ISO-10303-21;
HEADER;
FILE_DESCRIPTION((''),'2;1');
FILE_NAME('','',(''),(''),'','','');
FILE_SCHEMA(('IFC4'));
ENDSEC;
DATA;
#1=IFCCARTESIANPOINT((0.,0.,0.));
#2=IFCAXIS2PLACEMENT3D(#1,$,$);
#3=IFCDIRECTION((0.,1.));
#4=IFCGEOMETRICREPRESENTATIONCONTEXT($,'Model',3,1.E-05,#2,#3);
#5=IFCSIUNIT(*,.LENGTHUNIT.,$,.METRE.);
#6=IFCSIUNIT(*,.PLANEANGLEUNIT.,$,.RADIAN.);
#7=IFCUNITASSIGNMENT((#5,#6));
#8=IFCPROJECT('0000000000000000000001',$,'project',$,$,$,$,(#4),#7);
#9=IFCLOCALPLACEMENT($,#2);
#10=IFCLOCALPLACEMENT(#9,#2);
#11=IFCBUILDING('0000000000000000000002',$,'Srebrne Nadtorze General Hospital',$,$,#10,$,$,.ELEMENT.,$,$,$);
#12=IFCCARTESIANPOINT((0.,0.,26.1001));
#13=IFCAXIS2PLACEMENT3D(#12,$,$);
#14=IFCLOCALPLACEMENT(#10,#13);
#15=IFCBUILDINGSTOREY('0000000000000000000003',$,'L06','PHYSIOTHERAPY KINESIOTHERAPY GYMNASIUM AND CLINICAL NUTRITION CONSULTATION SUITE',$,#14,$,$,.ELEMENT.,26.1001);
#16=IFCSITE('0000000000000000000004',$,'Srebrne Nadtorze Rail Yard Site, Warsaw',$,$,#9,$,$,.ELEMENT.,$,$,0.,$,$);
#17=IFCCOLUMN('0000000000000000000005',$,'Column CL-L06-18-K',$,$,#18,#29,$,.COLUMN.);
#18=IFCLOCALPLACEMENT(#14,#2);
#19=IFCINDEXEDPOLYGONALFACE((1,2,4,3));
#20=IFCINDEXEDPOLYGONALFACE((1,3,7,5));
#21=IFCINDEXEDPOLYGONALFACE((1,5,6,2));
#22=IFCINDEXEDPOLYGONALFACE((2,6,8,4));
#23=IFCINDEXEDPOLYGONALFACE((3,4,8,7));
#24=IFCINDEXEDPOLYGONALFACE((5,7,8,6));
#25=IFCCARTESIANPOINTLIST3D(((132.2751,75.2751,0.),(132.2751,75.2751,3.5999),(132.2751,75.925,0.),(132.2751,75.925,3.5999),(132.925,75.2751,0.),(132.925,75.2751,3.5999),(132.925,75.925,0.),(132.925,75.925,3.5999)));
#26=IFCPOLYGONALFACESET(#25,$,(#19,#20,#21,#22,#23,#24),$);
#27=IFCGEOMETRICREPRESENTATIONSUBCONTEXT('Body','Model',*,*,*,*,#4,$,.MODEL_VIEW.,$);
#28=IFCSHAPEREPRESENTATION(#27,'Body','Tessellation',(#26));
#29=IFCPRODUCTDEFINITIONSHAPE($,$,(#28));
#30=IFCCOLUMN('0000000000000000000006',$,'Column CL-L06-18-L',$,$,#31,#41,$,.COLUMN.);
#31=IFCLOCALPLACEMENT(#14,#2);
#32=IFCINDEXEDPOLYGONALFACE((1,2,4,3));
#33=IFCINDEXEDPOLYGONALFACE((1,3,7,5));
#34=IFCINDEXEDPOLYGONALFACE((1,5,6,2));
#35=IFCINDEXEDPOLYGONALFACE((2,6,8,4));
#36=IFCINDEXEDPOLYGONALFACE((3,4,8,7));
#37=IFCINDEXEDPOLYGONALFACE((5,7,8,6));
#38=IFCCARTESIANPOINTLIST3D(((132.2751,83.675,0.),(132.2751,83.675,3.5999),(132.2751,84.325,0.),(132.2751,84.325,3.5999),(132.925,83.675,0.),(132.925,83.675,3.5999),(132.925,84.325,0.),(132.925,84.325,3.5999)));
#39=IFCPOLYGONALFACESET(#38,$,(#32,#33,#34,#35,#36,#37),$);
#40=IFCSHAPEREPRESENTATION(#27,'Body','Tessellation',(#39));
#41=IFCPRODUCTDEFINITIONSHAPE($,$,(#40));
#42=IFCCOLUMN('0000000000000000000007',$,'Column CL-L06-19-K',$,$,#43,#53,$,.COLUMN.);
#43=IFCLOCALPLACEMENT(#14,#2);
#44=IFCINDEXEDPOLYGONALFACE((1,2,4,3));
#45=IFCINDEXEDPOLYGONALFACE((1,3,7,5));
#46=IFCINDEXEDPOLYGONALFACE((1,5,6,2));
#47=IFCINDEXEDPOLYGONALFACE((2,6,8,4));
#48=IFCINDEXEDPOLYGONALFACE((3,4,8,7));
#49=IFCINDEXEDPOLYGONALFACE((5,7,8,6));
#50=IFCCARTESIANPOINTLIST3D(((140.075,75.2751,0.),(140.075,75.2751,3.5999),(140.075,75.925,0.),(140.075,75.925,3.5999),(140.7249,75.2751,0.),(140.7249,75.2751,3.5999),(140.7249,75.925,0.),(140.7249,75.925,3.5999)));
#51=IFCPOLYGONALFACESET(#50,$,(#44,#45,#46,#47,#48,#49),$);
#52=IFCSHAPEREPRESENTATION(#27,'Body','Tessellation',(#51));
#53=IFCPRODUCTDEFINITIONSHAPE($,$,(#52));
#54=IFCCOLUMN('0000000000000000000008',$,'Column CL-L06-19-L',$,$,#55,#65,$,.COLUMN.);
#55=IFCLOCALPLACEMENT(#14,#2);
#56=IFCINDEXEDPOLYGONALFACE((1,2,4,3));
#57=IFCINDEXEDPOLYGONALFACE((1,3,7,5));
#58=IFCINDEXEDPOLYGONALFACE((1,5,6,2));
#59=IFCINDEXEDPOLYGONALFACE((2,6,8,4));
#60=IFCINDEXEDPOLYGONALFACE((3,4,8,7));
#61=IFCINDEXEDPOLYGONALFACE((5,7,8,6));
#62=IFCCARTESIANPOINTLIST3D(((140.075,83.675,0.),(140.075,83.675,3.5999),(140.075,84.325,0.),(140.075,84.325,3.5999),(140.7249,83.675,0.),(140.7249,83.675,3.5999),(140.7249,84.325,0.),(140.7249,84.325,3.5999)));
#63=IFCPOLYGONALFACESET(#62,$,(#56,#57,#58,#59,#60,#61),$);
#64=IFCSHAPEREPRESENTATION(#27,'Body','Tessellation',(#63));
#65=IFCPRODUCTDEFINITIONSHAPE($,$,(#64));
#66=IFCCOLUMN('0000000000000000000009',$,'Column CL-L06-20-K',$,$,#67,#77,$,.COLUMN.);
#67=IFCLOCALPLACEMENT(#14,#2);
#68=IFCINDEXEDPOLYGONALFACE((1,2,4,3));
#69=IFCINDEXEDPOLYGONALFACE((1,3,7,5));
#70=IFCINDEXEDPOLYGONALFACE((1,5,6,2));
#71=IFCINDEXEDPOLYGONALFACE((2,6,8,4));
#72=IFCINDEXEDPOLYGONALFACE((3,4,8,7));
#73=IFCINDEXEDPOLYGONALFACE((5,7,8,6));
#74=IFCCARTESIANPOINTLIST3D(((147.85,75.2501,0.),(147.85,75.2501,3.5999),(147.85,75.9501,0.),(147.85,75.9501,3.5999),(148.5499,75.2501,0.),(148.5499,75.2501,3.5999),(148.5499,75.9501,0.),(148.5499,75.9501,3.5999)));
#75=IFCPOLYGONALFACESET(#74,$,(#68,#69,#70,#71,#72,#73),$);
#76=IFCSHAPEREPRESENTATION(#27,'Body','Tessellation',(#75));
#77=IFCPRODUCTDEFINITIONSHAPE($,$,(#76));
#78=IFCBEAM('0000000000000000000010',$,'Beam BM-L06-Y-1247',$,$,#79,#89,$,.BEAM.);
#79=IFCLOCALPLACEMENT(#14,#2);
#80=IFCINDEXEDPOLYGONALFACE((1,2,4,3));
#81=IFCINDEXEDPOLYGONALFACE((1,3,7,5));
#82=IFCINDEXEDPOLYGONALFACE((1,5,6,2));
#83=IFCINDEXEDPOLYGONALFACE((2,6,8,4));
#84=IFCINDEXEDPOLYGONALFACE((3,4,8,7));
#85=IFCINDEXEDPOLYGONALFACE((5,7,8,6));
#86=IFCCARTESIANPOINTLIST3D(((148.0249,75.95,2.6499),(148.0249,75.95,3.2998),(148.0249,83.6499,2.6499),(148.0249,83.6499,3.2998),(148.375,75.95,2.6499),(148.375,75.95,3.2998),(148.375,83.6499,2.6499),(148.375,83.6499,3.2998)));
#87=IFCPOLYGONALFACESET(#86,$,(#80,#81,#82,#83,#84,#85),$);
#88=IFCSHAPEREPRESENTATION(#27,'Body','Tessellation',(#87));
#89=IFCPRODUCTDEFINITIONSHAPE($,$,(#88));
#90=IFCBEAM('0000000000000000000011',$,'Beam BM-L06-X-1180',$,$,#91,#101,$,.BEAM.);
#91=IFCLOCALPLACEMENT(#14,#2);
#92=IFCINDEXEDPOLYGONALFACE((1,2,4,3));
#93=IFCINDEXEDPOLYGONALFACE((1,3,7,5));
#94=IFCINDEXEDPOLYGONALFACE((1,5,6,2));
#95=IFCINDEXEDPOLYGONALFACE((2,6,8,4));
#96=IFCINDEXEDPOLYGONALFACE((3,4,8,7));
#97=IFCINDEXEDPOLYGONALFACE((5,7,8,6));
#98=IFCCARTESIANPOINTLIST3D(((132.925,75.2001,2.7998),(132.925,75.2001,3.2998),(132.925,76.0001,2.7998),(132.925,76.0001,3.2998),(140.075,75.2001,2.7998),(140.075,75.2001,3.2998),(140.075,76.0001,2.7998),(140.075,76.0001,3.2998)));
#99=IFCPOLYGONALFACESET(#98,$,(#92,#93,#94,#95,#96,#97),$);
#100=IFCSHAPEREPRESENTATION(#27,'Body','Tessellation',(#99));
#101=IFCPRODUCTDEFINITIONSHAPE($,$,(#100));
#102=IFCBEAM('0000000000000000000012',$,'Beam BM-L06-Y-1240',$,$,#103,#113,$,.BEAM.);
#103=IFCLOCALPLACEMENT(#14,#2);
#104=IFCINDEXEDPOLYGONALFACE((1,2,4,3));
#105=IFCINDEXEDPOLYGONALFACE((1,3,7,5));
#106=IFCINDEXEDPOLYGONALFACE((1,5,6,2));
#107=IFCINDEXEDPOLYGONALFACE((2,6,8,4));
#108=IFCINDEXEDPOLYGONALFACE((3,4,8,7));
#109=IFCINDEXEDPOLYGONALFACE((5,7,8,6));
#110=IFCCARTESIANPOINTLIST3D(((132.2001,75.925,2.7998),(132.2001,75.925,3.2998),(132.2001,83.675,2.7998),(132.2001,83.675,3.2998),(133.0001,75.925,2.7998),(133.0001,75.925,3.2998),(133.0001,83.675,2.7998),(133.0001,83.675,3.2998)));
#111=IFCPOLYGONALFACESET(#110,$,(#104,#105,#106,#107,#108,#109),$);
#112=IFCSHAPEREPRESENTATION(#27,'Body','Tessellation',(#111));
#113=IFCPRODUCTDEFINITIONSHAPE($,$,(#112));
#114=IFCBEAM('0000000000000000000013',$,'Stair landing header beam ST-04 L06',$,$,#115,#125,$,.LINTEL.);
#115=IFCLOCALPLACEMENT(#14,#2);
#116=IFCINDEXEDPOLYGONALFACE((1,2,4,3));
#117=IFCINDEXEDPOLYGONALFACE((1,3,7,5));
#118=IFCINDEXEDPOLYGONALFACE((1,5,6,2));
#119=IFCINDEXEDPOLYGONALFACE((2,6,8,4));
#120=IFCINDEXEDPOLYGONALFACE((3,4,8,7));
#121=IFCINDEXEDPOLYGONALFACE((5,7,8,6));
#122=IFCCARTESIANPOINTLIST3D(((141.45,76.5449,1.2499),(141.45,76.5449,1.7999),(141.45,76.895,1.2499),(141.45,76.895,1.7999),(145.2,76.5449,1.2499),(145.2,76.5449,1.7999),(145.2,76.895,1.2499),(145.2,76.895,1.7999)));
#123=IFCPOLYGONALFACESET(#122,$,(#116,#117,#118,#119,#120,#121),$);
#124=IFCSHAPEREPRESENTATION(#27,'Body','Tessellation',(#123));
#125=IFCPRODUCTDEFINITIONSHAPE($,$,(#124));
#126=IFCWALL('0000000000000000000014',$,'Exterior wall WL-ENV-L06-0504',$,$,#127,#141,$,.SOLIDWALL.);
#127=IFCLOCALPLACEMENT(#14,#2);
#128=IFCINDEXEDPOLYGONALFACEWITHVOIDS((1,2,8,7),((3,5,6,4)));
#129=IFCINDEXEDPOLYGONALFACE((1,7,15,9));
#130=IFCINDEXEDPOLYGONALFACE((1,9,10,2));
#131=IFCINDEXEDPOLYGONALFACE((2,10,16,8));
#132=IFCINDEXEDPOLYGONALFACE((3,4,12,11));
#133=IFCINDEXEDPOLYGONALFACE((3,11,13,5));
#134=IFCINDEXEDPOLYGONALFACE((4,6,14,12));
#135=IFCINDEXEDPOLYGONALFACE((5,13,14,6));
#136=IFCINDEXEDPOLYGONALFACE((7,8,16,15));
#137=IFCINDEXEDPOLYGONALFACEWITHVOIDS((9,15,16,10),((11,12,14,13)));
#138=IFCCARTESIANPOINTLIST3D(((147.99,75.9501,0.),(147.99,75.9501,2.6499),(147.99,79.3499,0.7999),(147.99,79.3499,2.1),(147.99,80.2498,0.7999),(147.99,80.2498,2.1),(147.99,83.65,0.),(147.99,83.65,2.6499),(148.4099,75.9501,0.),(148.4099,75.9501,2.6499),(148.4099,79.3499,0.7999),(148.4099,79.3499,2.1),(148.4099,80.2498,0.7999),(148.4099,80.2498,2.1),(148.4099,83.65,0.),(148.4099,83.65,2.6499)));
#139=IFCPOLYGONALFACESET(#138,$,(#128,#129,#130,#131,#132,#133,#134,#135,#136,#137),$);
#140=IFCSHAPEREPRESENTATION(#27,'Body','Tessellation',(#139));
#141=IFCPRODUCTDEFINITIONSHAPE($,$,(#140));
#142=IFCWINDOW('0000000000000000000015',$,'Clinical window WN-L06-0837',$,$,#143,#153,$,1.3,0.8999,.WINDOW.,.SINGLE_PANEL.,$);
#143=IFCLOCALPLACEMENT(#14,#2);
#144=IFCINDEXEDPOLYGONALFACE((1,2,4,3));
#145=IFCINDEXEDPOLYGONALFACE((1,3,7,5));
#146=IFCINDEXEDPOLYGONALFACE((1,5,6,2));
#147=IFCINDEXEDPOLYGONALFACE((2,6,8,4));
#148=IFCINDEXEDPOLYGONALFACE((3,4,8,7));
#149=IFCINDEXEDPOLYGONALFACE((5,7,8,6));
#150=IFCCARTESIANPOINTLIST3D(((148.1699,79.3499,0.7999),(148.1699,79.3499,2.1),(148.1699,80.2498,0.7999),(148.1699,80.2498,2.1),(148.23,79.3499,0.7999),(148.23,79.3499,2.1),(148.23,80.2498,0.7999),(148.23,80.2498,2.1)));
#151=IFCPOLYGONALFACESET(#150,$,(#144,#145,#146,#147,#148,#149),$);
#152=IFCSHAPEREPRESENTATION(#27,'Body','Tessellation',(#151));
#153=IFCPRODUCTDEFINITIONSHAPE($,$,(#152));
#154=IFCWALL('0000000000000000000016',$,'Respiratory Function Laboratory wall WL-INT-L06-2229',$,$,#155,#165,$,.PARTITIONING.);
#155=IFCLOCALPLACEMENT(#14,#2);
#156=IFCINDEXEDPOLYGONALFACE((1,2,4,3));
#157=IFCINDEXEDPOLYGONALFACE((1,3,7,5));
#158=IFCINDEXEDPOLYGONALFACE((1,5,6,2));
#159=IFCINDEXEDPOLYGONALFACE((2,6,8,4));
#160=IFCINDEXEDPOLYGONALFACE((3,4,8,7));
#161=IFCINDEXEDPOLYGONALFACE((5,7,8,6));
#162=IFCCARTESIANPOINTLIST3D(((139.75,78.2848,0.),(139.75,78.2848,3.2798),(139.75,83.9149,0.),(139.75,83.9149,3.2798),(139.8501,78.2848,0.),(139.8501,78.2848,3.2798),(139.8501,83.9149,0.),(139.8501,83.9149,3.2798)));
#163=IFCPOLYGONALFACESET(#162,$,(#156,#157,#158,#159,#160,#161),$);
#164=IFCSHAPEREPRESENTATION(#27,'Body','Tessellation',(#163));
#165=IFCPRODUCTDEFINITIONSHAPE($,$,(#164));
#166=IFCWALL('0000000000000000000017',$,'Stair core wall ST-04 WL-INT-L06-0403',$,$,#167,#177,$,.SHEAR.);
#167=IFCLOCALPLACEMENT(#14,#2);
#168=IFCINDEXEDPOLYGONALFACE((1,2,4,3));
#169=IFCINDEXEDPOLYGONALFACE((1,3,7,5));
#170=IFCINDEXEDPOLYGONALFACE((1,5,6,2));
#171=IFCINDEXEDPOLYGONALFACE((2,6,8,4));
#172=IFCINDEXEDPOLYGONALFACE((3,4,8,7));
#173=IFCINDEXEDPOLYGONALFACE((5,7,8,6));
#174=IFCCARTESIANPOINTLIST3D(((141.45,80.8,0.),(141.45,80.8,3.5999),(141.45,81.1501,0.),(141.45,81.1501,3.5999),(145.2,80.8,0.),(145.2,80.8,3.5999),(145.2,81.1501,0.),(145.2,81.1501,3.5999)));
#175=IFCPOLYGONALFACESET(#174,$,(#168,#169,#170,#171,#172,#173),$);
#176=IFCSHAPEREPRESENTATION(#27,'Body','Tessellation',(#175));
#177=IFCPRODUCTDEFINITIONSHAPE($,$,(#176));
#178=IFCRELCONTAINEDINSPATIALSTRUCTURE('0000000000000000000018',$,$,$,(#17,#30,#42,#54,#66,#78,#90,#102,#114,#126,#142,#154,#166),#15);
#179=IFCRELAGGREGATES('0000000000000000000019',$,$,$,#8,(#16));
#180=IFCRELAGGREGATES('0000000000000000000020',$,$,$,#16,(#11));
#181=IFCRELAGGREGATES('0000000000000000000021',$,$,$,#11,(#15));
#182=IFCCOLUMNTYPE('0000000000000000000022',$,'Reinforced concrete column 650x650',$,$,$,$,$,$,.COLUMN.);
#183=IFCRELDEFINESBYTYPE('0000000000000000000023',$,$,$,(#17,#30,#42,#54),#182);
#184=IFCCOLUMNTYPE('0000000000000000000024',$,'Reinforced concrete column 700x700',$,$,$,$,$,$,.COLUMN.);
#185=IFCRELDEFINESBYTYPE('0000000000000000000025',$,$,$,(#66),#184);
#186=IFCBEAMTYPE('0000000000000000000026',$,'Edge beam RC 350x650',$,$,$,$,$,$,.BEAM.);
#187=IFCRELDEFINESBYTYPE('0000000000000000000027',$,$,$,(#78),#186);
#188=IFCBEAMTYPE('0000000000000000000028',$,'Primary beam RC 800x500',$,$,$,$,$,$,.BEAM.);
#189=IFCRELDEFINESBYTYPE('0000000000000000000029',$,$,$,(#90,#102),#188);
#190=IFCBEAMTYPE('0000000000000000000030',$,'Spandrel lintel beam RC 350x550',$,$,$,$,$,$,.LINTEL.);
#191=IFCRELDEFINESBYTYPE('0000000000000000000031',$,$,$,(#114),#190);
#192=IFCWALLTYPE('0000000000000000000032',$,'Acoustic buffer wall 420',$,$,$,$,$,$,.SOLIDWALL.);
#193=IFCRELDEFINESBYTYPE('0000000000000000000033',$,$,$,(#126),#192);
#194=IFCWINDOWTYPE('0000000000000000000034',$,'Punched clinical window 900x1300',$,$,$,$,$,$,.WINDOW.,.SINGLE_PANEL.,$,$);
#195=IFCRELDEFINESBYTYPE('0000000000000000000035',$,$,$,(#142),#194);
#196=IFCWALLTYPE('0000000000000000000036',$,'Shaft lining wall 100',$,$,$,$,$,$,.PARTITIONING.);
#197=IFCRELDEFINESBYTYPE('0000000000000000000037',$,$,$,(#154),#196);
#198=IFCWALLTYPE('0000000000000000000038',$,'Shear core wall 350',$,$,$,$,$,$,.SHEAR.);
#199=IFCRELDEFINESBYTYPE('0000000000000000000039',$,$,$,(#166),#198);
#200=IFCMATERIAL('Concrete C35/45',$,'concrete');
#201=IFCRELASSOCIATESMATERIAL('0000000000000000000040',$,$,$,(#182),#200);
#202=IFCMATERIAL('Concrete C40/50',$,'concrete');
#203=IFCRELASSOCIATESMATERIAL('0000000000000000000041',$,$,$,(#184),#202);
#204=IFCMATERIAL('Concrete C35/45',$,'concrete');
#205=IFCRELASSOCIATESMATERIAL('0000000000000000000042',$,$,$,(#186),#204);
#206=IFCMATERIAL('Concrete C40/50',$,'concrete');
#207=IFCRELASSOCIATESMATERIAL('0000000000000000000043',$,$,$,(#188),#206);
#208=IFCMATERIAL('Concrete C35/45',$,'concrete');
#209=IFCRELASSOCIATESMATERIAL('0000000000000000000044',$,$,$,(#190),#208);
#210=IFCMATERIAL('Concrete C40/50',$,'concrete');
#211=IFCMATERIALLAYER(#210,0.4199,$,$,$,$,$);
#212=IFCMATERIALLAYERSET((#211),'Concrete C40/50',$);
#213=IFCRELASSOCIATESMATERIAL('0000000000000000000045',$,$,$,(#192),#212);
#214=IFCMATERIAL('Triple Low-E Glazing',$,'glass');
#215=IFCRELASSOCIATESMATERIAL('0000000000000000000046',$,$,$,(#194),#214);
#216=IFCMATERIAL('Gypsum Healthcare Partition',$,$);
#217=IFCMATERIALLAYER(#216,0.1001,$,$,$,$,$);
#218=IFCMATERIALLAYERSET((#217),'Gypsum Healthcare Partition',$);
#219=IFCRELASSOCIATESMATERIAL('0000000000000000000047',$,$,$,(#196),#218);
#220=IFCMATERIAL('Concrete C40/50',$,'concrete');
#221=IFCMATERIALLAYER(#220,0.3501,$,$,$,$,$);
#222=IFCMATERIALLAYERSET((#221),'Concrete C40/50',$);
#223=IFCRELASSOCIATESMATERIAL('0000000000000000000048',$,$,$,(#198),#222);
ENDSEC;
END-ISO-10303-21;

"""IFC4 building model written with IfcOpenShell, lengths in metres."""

from ifc_helpers import new_model, si_unit, direction, frame, frame_2d, origin, origin_2d, place, context, subcontext, project, spatial, rectangle, extrude, material, layer, layer_set, material_profile, profile_set, type_object, element, fill, save


model = new_model("IFC4")

# Units and contexts
model_context = context("Model", 3, precision=1e-05, world=origin(), true_north=direction((0.0, 1.0)))
body_context = subcontext(model_context, "Body", "Model", "MODEL_VIEW")
ifc_project = project(units=[si_unit("LENGTHUNIT", "METRE"), si_unit("PLANEANGLEUNIT", "RADIAN")], contexts=[model_context])

# Site, building, storey
site_placement = place(None, origin())
site = spatial("IfcSite", under=ifc_project, at=site_placement, Name="Srebrne Nadtorze Rail Yard Site, Warsaw", CompositionType="ELEMENT", RefElevation=0.0)
building_placement = place(site_placement, origin())
building = spatial("IfcBuilding", under=site, at=building_placement, Name="Srebrne Nadtorze General Hospital", CompositionType="ELEMENT")
storey_placement = place(building_placement, frame((0.0, 0.0, 26.1001)))
storey = spatial("IfcBuildingStorey", under=building, at=storey_placement, Name="L06", Description="PHYSIOTHERAPY KINESIOTHERAPY GYMNASIUM AND CLINICAL NUTRITION CONSULTATION SUITE", CompositionType="ELEMENT", Elevation=26.1001)

# Columns
ifc_material_1 = material(Name="Concrete C35/45", Category="concrete")
ifc_material_profile_1 = material_profile(ifc_material_1, rectangle(XDim=0.6499, YDim=0.6499, at=origin_2d()), Name="RC-COL-650x650")
ifc_profile_set_1 = profile_set([ifc_material_profile_1], Name="Concrete C35/45")
column_type_1 = type_object("IfcColumnType", Name="Reinforced concrete column 650x650", PredefinedType="COLUMN", material=ifc_profile_set_1)
for number, where, z_axis, x_axis, name in (
    (1, (132.6001, 75.6001, 0.0), (0.0, 0.0, 1.0), (1.0, 0.0, 0.0), "Column CL-L06-18-K"),
    (2, (132.6001, 84.0, 0.0), (0.0, 0.0, 1.0), (1.0, 0.0, 0.0), "Column CL-L06-18-L"),
    (3, (140.3999, 75.6001, 0.0), (0.0, 0.0, 1.0), (1.0, 0.0, 0.0), "Column CL-L06-19-K"),
    (4, (140.3999, 84.0, 0.0), (0.0, 0.0, 1.0), (1.0, 0.0, 0.0), "Column CL-L06-19-L"),
):
    element("IfcColumn", number, at=place(storey_placement, frame(where, z_axis=z_axis, x_axis=x_axis)), inside=storey, type_object=column_type_1, Name=name, PredefinedType="COLUMN", context=body_context, shape_type="SweptSolid", body=[
        extrude(rectangle(XDim=0.6499, YDim=0.6499, at=origin_2d()), origin(), (0.0, 0.0, 1.0), 3.5999),
    ])
ifc_material_2 = material(Name="Concrete C40/50", Category="concrete")
ifc_material_profile_2 = material_profile(ifc_material_2, rectangle(XDim=0.7, YDim=0.7, at=origin_2d()), Name="RC-COL-700x700")
ifc_profile_set_2 = profile_set([ifc_material_profile_2], Name="Concrete C40/50")
column_type_2 = type_object("IfcColumnType", Name="Reinforced concrete column 700x700", PredefinedType="COLUMN", material=ifc_profile_set_2)
column_placement = place(storey_placement, frame((148.2, 75.6001, 0.0), z_axis=(0.0, 0.0, 1.0), x_axis=(1.0, 0.0, 0.0)))
element("IfcColumn", 5, at=column_placement, inside=storey, type_object=column_type_2, Name="Column CL-L06-20-K", PredefinedType="COLUMN", context=body_context, shape_type="SweptSolid", body=[
    extrude(rectangle(XDim=0.7, YDim=0.7, at=origin_2d()), origin(), (0.0, 0.0, 1.0), 3.5999),
])

# Beams
ifc_material_3 = material(Name="Concrete C35/45", Category="concrete")
ifc_material_profile_3 = material_profile(ifc_material_3, rectangle(XDim=0.3501, YDim=0.6499, at=origin_2d()), Name="RC-BM-350x650")
ifc_profile_set_3 = profile_set([ifc_material_profile_3], Name="Concrete C35/45")
beam_type_1 = type_object("IfcBeamType", Name="Edge beam RC 350x650", PredefinedType="BEAM", material=ifc_profile_set_3)
beam_1_placement = place(storey_placement, frame((148.2, 75.95, 2.9749), z_axis=(0.0, 1.0, 0.0), x_axis=(-1.0, 0.0, 0.0)))
element("IfcBeam", 6, at=beam_1_placement, inside=storey, type_object=beam_type_1, Name="Beam BM-L06-Y-1247", PredefinedType="BEAM", context=body_context, shape_type="SweptSolid", body=[
    extrude(rectangle(XDim=0.3501, YDim=0.6499, at=origin_2d()), origin(), (0.0, 0.0, 1.0), 7.7),
])
ifc_material_4 = material(Name="Concrete C40/50", Category="concrete")
ifc_material_profile_4 = material_profile(ifc_material_4, rectangle(XDim=0.8, YDim=0.5, at=origin_2d()), Name="RC-BM-800x500")
ifc_profile_set_4 = profile_set([ifc_material_profile_4], Name="Concrete C40/50")
beam_type_2 = type_object("IfcBeamType", Name="Primary beam RC 800x500", PredefinedType="BEAM", material=ifc_profile_set_4)
beam_2_placement = place(storey_placement, frame((132.925, 75.6001, 3.0498), z_axis=(1.0, 0.0, 0.0), x_axis=(0.0, 1.0, 0.0)))
element("IfcBeam", 7, at=beam_2_placement, inside=storey, type_object=beam_type_2, Name="Beam BM-L06-X-1180", PredefinedType="BEAM", context=body_context, shape_type="SweptSolid", body=[
    extrude(rectangle(XDim=0.8, YDim=0.5, at=origin_2d()), origin(), (0.0, 0.0, 1.0), 7.1499),
])
beam_3_placement = place(storey_placement, frame((132.6001, 75.925, 3.0498), z_axis=(0.0, 1.0, 0.0), x_axis=(-1.0, 0.0, 0.0)))
element("IfcBeam", 8, at=beam_3_placement, inside=storey, type_object=beam_type_2, Name="Beam BM-L06-Y-1240", PredefinedType="BEAM", context=body_context, shape_type="SweptSolid", body=[
    extrude(rectangle(XDim=0.8, YDim=0.5, at=origin_2d()), origin(), (0.0, 0.0, 1.0), 7.75),
])
ifc_material_5 = material(Name="Concrete C35/45", Category="concrete")
ifc_material_profile_5 = material_profile(ifc_material_5, rectangle(XDim=0.3501, YDim=0.55, at=origin_2d()), Name="RC-BM-350x550")
ifc_profile_set_5 = profile_set([ifc_material_profile_5], Name="Concrete C35/45")
beam_type_3 = type_object("IfcBeamType", Name="Spandrel lintel beam RC 350x550", PredefinedType="LINTEL", material=ifc_profile_set_5)
beam_4_placement = place(storey_placement, frame((141.45, 76.72, 1.5249), z_axis=(1.0, 0.0, 0.0), x_axis=(0.0, 1.0, 0.0)))
element("IfcBeam", 9, at=beam_4_placement, inside=storey, type_object=beam_type_3, Name="Stair landing header beam ST-04 L06", PredefinedType="LINTEL", context=body_context, shape_type="SweptSolid", body=[
    extrude(rectangle(XDim=0.3501, YDim=0.55, at=origin_2d()), origin(), (0.0, 0.0, 1.0), 3.75),
])

# Wall, opening, window
ifc_material_6 = material(Name="Concrete C40/50", Category="concrete")
ifc_layer_1 = layer(ifc_material_6, 0.4199)
ifc_layer_set_1 = layer_set([ifc_layer_1], Name="Concrete C40/50")
wall_type_1 = type_object("IfcWallType", Name="Acoustic buffer wall 420", PredefinedType="SOLIDWALL", material=ifc_layer_set_1)
wall_1_placement = place(storey_placement, frame((148.2, 75.95, 0.0), z_axis=(0.0, 0.0, 1.0), x_axis=(0.0, 1.0, 0.0)))
wall_1 = element("IfcWall", 10, at=wall_1_placement, inside=storey, type_object=wall_type_1, Name="Exterior wall WL-ENV-L06-0504", PredefinedType="SOLIDWALL", context=body_context, shape_type="SweptSolid", body=[
    extrude(rectangle(XDim=7.7, YDim=0.4199, at=frame_2d((3.8501, 0.0))), origin(), (0.0, 0.0, 1.0), 2.6499),
])
opening_placement = place(wall_1_placement, frame((3.3999, 0.0, 0.8)))
opening = element("IfcOpeningElement", 11, at=opening_placement, cuts=wall_1, PredefinedType="OPENING", context=body_context, shape_type="SweptSolid", body=[
    extrude(rectangle(XDim=0.8999, YDim=1.3, at=frame_2d((0.45, 0.6499))), frame((0.0, 0.2219, 0.0), z_axis=(0.0, -1.0, 0.0), x_axis=(1.0, 0.0, 0.0)), (0.0, 0.0, 1.0), 0.4438),
])
ifc_material_7 = material(Name="Triple Low-E Glazing", Category="glass")
window_type = type_object("IfcWindowType", Name="Punched clinical window 900x1300", PartitioningType="SINGLE_PANEL", PredefinedType="WINDOW", material=ifc_material_7)
window_placement = place(opening_placement, origin())
window = element("IfcWindow", 12, at=window_placement, inside=storey, type_object=window_type, Name="Clinical window WN-L06-0837", OverallHeight=1.3, OverallWidth=0.8999, PartitioningType="SINGLE_PANEL", PredefinedType="WINDOW", context=body_context, shape_type="SweptSolid", body=[
    extrude(rectangle(XDim=0.8999, YDim=1.3, at=frame_2d((0.45, 0.6499))), frame((0.0, 0.03, 0.0), z_axis=(0.0, -1.0, 0.0), x_axis=(1.0, 0.0, 0.0)), (0.0, 0.0, 1.0), 0.0601),
])
fill(opening, window)

# Walls
ifc_material_8 = material(Name="Gypsum Healthcare Partition")
ifc_layer_2 = layer(ifc_material_8, 0.1001)
ifc_layer_set_2 = layer_set([ifc_layer_2], Name="Gypsum Healthcare Partition")
wall_type_2 = type_object("IfcWallType", Name="Shaft lining wall 100", PredefinedType="PARTITIONING", material=ifc_layer_set_2)
wall_2_placement = place(storey_placement, frame((139.8, 78.2849, 0.0), z_axis=(0.0, 0.0, 1.0), x_axis=(0.0, 1.0, 0.0)))
element("IfcWall", 13, at=wall_2_placement, inside=storey, type_object=wall_type_2, Name="Respiratory Function Laboratory wall WL-INT-L06-2229", PredefinedType="PARTITIONING", context=body_context, shape_type="SweptSolid", body=[
    extrude(rectangle(XDim=5.6301, YDim=0.1001, at=frame_2d((2.8149, 0.0))), origin(), (0.0, 0.0, 1.0), 3.2798),
])
ifc_material_9 = material(Name="Concrete C40/50", Category="concrete")
ifc_layer_3 = layer(ifc_material_9, 0.3501)
ifc_layer_set_3 = layer_set([ifc_layer_3], Name="Concrete C40/50")
wall_type_3 = type_object("IfcWallType", Name="Shear core wall 350", PredefinedType="SHEAR", material=ifc_layer_set_3)
wall_3_placement = place(storey_placement, frame((141.45, 80.9751, 0.0), z_axis=(0.0, 0.0, 1.0), x_axis=(1.0, 0.0, 0.0)))
element("IfcWall", 14, at=wall_3_placement, inside=storey, type_object=wall_type_3, Name="Stair core wall ST-04 WL-INT-L06-0403", PredefinedType="SHEAR", context=body_context, shape_type="SweptSolid", body=[
    extrude(rectangle(XDim=3.75, YDim=0.3501, at=frame_2d((1.875, 0.0))), origin(), (0.0, 0.0, 1.0), 3.5999),
])

save(model, "model.ifc")
